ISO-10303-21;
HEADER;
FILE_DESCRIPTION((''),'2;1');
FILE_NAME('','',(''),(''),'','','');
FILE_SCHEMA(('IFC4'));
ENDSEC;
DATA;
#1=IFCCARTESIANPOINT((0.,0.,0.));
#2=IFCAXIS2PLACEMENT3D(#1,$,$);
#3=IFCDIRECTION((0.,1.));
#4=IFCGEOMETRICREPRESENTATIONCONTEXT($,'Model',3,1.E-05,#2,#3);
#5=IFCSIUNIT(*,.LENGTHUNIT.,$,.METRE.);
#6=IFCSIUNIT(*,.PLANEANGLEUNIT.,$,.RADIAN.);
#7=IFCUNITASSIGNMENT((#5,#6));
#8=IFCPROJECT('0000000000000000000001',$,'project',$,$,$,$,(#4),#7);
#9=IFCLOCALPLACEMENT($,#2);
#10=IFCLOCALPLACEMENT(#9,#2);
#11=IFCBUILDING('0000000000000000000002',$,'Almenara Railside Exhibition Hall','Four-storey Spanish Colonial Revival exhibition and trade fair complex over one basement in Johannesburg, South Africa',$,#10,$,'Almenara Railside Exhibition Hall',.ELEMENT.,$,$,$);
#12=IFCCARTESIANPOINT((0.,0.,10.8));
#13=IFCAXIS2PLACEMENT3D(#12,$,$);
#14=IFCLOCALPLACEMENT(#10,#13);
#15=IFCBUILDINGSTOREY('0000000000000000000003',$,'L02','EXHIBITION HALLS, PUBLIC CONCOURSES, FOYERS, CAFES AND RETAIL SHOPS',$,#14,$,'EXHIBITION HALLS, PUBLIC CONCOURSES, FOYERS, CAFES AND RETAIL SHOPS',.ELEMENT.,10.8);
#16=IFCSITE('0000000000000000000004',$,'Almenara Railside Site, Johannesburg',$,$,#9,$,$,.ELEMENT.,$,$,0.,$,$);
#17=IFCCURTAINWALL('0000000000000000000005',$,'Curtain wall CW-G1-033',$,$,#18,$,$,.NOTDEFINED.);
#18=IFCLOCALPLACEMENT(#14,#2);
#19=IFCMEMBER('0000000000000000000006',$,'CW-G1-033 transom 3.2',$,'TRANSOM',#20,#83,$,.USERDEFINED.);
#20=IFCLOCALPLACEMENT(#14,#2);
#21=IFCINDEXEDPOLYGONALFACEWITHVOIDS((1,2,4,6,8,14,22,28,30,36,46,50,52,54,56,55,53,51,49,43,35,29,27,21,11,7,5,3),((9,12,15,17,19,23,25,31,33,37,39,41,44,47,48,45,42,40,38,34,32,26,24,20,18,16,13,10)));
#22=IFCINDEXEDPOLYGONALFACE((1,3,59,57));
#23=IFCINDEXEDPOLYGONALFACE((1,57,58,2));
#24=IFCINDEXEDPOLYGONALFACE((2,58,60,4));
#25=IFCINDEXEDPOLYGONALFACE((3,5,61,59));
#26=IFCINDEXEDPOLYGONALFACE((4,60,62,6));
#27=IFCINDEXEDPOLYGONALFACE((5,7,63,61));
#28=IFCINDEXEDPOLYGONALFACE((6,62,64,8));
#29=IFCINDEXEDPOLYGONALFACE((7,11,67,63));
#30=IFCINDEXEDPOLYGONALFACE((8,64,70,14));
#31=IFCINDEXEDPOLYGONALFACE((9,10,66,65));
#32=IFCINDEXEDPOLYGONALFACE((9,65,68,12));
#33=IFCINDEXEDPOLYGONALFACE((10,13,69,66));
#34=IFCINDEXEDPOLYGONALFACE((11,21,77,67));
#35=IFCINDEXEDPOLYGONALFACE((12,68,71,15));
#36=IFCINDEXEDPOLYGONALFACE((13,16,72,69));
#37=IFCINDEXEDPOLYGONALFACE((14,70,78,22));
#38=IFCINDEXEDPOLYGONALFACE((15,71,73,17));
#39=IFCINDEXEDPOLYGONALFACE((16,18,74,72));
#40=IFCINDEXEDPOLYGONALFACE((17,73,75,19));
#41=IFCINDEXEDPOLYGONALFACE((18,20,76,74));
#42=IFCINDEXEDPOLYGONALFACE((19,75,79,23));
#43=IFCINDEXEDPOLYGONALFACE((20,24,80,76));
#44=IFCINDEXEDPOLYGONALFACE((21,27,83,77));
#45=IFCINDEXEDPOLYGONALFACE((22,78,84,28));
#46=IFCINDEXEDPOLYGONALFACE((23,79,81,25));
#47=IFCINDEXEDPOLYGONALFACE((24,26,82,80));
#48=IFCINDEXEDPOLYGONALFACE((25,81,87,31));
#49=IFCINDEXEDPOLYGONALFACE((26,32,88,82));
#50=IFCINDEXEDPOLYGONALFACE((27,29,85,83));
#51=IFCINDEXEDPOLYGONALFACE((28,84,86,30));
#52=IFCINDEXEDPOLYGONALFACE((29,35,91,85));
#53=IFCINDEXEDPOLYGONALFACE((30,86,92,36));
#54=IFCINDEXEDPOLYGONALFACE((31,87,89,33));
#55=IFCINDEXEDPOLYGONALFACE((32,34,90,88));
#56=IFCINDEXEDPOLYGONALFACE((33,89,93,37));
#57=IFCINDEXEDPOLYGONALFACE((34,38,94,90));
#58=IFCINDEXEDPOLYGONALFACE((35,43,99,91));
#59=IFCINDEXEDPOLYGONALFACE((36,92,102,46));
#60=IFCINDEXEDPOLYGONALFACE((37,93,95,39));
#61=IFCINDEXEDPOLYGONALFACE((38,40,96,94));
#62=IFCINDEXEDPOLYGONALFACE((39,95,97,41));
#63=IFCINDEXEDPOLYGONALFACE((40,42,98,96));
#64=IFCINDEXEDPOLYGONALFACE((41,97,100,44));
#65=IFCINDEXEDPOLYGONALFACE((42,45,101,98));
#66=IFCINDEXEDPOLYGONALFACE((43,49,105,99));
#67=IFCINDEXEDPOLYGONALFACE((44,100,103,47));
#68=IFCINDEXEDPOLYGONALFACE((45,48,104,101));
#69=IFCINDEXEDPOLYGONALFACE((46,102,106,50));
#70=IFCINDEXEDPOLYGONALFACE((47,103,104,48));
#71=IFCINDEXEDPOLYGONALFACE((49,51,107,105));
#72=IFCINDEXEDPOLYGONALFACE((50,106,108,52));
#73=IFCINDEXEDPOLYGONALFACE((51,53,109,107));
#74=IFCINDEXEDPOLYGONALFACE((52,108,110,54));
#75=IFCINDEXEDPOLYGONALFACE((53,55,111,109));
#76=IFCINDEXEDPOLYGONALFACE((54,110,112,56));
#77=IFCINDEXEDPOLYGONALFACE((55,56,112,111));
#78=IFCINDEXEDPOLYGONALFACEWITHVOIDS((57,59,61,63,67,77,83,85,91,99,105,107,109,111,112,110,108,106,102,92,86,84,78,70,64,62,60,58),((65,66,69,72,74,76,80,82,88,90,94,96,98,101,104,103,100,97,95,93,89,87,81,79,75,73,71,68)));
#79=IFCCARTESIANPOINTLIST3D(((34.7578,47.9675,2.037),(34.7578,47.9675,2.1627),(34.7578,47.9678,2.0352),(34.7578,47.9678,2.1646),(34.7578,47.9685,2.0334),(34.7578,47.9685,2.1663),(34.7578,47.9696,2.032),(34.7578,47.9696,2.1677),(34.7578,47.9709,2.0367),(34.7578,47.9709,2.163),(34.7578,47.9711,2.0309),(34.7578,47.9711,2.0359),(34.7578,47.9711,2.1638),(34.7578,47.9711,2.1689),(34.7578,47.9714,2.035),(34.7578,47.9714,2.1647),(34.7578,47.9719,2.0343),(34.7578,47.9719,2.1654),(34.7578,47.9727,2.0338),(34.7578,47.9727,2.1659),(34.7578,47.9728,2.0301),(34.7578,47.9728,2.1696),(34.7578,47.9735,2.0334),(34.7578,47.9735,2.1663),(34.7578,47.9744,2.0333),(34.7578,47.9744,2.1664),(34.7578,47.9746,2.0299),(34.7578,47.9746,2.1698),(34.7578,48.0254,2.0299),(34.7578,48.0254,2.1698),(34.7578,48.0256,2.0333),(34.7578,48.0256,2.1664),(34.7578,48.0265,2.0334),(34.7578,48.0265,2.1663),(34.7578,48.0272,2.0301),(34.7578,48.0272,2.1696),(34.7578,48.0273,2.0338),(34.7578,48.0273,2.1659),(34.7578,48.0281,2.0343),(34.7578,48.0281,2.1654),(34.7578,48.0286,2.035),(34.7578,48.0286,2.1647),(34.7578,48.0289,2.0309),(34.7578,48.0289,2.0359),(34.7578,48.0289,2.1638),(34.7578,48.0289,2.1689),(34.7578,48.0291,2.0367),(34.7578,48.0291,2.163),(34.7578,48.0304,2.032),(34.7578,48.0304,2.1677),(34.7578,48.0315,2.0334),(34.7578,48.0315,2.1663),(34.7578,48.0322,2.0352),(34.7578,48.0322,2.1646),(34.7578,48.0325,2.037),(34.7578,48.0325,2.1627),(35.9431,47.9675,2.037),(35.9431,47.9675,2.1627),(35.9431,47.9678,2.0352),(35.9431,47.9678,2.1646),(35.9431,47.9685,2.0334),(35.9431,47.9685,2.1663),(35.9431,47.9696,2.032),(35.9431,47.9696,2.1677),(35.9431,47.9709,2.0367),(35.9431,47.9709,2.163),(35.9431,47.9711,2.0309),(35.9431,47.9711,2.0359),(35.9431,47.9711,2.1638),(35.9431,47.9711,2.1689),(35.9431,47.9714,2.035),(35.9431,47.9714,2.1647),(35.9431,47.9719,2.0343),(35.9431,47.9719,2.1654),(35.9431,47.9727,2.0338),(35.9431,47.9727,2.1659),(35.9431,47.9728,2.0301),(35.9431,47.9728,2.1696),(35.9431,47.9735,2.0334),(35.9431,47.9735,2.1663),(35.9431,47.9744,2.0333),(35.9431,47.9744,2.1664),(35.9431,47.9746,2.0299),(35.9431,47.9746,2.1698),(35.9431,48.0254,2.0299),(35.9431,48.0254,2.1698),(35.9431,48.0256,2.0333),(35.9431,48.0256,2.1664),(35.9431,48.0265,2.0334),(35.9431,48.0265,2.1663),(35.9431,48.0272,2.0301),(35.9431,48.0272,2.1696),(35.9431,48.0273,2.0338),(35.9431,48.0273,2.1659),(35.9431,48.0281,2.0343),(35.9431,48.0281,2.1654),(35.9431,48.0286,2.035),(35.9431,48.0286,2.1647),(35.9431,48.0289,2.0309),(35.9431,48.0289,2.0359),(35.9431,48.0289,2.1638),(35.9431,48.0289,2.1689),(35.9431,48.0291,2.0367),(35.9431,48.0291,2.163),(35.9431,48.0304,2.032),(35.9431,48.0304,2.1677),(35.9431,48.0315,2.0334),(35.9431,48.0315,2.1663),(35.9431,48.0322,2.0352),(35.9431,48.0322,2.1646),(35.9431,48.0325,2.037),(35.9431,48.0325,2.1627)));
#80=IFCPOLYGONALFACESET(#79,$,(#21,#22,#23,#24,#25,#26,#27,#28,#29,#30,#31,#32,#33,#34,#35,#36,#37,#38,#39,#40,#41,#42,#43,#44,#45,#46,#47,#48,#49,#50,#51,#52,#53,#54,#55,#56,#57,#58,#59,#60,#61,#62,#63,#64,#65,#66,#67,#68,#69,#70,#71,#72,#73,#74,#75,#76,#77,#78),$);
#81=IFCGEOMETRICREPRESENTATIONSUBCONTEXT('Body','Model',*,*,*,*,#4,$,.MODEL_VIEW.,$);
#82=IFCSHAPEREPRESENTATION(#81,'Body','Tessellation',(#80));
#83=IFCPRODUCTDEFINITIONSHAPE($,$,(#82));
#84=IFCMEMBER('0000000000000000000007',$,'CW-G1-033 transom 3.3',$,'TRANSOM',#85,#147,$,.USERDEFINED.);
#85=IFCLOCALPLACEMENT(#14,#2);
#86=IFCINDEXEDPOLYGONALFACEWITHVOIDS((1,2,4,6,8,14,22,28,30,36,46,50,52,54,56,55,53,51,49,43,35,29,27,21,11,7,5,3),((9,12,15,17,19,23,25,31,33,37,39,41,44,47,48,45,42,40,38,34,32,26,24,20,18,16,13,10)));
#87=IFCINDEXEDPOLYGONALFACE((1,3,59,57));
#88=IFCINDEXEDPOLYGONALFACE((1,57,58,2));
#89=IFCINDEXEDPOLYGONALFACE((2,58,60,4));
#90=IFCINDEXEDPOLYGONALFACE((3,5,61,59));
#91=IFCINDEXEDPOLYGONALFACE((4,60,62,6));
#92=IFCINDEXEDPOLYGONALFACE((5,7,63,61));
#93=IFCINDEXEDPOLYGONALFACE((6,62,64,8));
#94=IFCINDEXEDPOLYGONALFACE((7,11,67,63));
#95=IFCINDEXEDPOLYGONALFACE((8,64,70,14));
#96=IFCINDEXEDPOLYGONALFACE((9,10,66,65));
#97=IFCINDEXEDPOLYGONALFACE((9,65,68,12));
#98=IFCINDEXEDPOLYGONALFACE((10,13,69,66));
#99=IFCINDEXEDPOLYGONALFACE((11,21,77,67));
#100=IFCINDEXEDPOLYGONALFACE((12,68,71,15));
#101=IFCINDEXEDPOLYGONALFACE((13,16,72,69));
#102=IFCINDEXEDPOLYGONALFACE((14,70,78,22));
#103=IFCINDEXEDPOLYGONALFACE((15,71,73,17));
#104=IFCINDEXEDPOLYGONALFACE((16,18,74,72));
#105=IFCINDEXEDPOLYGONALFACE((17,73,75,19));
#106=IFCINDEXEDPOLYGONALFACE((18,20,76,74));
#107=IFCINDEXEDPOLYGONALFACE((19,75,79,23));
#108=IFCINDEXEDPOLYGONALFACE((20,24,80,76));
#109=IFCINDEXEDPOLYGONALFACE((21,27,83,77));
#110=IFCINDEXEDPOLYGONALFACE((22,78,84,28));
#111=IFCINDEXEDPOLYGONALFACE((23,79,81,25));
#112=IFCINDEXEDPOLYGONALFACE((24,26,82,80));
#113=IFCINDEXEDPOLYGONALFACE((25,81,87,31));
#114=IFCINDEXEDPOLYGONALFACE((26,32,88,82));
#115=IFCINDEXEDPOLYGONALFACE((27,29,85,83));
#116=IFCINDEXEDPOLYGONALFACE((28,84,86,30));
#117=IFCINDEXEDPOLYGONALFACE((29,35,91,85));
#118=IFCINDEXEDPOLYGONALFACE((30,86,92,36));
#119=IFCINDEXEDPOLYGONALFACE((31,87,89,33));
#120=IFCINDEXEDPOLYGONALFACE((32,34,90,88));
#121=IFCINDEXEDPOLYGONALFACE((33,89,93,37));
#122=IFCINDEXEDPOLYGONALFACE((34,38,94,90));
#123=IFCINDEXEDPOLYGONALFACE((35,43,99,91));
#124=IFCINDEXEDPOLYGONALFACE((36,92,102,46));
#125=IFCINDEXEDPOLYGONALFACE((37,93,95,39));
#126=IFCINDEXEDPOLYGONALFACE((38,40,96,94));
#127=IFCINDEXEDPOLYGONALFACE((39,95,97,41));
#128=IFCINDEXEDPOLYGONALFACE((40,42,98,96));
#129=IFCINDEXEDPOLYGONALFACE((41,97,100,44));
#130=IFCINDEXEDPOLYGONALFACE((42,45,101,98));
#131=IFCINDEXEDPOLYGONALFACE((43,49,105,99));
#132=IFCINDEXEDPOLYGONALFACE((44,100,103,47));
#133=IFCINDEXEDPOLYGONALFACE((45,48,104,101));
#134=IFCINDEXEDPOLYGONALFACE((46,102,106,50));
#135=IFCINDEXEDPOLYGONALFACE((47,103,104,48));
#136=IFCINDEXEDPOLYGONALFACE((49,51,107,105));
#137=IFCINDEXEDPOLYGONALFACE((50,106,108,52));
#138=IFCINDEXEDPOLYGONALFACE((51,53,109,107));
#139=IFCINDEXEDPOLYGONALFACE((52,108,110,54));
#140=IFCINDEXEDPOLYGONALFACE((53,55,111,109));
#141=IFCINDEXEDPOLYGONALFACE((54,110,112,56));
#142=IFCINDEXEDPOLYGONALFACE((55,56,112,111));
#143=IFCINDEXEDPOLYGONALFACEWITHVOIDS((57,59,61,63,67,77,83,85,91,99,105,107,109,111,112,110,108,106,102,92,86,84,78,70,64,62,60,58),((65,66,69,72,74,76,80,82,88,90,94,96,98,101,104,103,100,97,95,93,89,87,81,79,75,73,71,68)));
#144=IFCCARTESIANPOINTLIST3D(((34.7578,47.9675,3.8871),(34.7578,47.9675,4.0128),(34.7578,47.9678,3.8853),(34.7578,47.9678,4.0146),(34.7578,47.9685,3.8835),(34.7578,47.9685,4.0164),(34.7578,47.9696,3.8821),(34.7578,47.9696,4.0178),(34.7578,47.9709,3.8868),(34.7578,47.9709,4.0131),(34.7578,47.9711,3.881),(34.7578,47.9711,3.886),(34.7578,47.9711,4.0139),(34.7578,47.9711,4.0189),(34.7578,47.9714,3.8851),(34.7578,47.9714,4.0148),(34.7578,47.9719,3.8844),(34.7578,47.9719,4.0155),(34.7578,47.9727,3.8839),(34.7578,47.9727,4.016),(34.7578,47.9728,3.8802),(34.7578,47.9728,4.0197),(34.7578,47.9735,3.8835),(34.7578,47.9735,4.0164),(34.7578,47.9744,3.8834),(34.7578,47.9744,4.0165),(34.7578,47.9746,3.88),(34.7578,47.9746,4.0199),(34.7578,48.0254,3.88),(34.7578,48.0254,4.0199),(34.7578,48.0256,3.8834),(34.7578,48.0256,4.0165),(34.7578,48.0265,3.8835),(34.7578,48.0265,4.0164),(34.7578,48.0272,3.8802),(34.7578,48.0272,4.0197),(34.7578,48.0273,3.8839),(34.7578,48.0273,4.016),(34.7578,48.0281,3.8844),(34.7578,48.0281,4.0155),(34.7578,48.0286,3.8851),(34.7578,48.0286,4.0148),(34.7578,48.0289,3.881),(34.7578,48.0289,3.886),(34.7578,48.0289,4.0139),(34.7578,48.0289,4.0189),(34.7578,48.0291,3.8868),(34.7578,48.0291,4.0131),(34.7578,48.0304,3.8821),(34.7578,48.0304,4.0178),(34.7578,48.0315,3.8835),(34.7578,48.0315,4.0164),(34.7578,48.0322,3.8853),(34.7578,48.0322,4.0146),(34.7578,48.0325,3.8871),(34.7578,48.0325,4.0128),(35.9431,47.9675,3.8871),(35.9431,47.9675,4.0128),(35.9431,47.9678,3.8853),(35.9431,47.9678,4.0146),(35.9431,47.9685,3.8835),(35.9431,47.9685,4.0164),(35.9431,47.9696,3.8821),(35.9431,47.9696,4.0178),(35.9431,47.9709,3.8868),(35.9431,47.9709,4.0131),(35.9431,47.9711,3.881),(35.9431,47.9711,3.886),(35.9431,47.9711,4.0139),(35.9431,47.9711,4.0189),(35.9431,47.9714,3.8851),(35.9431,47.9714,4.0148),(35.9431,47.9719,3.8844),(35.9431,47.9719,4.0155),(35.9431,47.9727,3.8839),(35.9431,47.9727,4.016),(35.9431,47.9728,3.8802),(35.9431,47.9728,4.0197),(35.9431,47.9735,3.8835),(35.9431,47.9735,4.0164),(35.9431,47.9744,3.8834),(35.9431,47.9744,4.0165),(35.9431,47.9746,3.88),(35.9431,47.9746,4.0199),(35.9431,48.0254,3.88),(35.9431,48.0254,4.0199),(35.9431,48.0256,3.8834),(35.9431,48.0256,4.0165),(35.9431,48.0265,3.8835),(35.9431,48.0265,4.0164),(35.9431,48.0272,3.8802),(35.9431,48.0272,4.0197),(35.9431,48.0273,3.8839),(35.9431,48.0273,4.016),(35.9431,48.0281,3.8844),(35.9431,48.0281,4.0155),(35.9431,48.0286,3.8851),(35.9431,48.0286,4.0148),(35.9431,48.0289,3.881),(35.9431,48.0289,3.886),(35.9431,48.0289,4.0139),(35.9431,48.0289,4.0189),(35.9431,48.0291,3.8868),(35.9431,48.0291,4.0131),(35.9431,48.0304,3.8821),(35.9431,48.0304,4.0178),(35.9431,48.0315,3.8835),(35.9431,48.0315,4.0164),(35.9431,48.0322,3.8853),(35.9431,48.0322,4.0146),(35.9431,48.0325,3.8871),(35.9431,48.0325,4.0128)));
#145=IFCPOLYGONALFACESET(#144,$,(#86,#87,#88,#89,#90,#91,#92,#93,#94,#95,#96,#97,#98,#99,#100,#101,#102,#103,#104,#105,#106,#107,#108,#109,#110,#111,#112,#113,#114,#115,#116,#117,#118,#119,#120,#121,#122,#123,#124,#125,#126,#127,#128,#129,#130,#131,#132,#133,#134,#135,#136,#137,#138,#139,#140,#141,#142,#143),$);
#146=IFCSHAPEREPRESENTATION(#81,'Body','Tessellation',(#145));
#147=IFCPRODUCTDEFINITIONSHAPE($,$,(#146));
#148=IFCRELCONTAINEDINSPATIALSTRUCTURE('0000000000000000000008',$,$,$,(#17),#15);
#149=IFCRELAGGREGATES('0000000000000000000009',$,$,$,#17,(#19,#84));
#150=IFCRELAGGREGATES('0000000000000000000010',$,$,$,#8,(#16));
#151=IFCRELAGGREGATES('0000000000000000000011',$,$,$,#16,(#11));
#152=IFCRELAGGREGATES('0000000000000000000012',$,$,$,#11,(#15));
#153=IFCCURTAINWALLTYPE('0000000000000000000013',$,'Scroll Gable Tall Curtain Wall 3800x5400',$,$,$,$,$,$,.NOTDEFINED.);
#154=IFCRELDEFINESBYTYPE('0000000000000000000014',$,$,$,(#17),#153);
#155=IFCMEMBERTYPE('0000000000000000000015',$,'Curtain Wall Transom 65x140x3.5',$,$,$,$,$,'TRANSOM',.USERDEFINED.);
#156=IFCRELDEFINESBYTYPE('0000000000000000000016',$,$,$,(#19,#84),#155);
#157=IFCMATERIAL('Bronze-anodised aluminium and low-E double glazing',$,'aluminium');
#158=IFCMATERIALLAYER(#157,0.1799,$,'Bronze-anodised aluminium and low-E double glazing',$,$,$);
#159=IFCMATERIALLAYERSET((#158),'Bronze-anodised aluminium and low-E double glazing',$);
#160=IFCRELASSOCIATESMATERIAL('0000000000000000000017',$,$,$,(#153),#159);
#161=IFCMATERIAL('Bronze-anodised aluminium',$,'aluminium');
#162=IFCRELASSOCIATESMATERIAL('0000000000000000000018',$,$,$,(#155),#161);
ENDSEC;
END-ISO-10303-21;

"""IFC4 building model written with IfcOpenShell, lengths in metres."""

from ifc_helpers import new_model, si_unit, direction, frame, origin, origin_2d, place, context, subcontext, project, spatial, hollow_rectangle, extrude, material, layer, layer_set, material_profile, profile_set, type_object, element, aggregate, save


model = new_model("IFC4")

# Units and contexts
model_context = context("Model", 3, precision=1e-05, world=origin(), true_north=direction((0.0, 1.0)))
body_context = subcontext(model_context, "Body", "Model", "MODEL_VIEW")
ifc_project = project(units=[si_unit("LENGTHUNIT", "METRE"), si_unit("PLANEANGLEUNIT", "RADIAN")], contexts=[model_context])

# Site, building, storey
site_placement = place(None, origin())
site = spatial("IfcSite", under=ifc_project, at=site_placement, Name="Almenara Railside Site, Johannesburg", CompositionType="ELEMENT", RefElevation=0.0)
building_placement = place(site_placement, origin())
building = spatial("IfcBuilding", under=site, at=building_placement, Name="Almenara Railside Exhibition Hall", Description="Four-storey Spanish Colonial Revival exhibition and trade fair complex over one basement in Johannesburg, South Africa", LongName="Almenara Railside Exhibition Hall", CompositionType="ELEMENT")
storey_placement = place(building_placement, frame((0.0, 0.0, 10.8)))
storey = spatial("IfcBuildingStorey", under=building, at=storey_placement, Name="L02", Description="EXHIBITION HALLS, PUBLIC CONCOURSES, FOYERS, CAFES AND RETAIL SHOPS", LongName="EXHIBITION HALLS, PUBLIC CONCOURSES, FOYERS, CAFES AND RETAIL SHOPS", CompositionType="ELEMENT", Elevation=10.8)

# Curtain wall
ifc_material_1 = material(Name="Bronze-anodised aluminium and low-E double glazing", Category="aluminium")
ifc_layer_1 = layer(ifc_material_1, 0.1799, Name="Bronze-anodised aluminium and low-E double glazing")
ifc_layer_set_1 = layer_set([ifc_layer_1], Name="Bronze-anodised aluminium and low-E double glazing")
curtain_wall_type_1 = type_object("IfcCurtainWallType", Name="Scroll Gable Tall Curtain Wall 3800x5400", PredefinedType="NOTDEFINED", material=ifc_layer_set_1)
curtain_wall_1_placement = place(storey_placement, origin())
curtain_wall_1 = element("IfcCurtainWall", 1, at=curtain_wall_1_placement, inside=storey, type_object=curtain_wall_type_1, Name="Curtain wall CW-G1-033", PredefinedType="NOTDEFINED")
ifc_material_2 = material(Name="Bronze-anodised aluminium", Category="aluminium")

# Members
ifc_material_profile_1 = material_profile(ifc_material_2, hollow_rectangle(XDim=0.0649, YDim=0.1399, WallThickness=0.0034, InnerFilletRadius=0.0034, OuterFilletRadius=0.0071, at=origin_2d()), Name="ALU-TRN 65x140x3.5")
ifc_profile_set_1 = profile_set([ifc_material_profile_1], Name="Bronze-anodised aluminium")
member_type_1 = type_object("IfcMemberType", Name="Curtain Wall Transom 65x140x3.5", ElementType="TRANSOM", PredefinedType="USERDEFINED", material=ifc_profile_set_1)
member_1_placement = place(storey_placement, frame((34.7578, 48.0, 2.0999), z_axis=(1.0, 0.0, 0.0), x_axis=(0.0, 1.0, 0.0)))
member_1 = element("IfcMember", 2, at=member_1_placement, type_object=member_type_1, Name="CW-G1-033 transom 3.2", ObjectType="TRANSOM", PredefinedType="USERDEFINED", context=body_context, shape_type="SweptSolid", body=[
    extrude(hollow_rectangle(XDim=0.0649, YDim=0.1399, WallThickness=0.0034, InnerFilletRadius=0.0034, OuterFilletRadius=0.0071, at=origin_2d()), origin(), (0.0, 0.0, 1.0), 1.1853),
])
member_2_placement = place(storey_placement, frame((34.7578, 48.0, 3.95), z_axis=(1.0, 0.0, 0.0), x_axis=(0.0, 1.0, 0.0)))
member_2 = element("IfcMember", 3, at=member_2_placement, type_object=member_type_1, Name="CW-G1-033 transom 3.3", ObjectType="TRANSOM", PredefinedType="USERDEFINED", context=body_context, shape_type="SweptSolid", body=[
    extrude(hollow_rectangle(XDim=0.0649, YDim=0.1399, WallThickness=0.0034, InnerFilletRadius=0.0034, OuterFilletRadius=0.0071, at=origin_2d()), origin(), (0.0, 0.0, 1.0), 1.1853),
])

aggregate(curtain_wall_1, [member_1, member_2])

save(model, "model.ifc")
